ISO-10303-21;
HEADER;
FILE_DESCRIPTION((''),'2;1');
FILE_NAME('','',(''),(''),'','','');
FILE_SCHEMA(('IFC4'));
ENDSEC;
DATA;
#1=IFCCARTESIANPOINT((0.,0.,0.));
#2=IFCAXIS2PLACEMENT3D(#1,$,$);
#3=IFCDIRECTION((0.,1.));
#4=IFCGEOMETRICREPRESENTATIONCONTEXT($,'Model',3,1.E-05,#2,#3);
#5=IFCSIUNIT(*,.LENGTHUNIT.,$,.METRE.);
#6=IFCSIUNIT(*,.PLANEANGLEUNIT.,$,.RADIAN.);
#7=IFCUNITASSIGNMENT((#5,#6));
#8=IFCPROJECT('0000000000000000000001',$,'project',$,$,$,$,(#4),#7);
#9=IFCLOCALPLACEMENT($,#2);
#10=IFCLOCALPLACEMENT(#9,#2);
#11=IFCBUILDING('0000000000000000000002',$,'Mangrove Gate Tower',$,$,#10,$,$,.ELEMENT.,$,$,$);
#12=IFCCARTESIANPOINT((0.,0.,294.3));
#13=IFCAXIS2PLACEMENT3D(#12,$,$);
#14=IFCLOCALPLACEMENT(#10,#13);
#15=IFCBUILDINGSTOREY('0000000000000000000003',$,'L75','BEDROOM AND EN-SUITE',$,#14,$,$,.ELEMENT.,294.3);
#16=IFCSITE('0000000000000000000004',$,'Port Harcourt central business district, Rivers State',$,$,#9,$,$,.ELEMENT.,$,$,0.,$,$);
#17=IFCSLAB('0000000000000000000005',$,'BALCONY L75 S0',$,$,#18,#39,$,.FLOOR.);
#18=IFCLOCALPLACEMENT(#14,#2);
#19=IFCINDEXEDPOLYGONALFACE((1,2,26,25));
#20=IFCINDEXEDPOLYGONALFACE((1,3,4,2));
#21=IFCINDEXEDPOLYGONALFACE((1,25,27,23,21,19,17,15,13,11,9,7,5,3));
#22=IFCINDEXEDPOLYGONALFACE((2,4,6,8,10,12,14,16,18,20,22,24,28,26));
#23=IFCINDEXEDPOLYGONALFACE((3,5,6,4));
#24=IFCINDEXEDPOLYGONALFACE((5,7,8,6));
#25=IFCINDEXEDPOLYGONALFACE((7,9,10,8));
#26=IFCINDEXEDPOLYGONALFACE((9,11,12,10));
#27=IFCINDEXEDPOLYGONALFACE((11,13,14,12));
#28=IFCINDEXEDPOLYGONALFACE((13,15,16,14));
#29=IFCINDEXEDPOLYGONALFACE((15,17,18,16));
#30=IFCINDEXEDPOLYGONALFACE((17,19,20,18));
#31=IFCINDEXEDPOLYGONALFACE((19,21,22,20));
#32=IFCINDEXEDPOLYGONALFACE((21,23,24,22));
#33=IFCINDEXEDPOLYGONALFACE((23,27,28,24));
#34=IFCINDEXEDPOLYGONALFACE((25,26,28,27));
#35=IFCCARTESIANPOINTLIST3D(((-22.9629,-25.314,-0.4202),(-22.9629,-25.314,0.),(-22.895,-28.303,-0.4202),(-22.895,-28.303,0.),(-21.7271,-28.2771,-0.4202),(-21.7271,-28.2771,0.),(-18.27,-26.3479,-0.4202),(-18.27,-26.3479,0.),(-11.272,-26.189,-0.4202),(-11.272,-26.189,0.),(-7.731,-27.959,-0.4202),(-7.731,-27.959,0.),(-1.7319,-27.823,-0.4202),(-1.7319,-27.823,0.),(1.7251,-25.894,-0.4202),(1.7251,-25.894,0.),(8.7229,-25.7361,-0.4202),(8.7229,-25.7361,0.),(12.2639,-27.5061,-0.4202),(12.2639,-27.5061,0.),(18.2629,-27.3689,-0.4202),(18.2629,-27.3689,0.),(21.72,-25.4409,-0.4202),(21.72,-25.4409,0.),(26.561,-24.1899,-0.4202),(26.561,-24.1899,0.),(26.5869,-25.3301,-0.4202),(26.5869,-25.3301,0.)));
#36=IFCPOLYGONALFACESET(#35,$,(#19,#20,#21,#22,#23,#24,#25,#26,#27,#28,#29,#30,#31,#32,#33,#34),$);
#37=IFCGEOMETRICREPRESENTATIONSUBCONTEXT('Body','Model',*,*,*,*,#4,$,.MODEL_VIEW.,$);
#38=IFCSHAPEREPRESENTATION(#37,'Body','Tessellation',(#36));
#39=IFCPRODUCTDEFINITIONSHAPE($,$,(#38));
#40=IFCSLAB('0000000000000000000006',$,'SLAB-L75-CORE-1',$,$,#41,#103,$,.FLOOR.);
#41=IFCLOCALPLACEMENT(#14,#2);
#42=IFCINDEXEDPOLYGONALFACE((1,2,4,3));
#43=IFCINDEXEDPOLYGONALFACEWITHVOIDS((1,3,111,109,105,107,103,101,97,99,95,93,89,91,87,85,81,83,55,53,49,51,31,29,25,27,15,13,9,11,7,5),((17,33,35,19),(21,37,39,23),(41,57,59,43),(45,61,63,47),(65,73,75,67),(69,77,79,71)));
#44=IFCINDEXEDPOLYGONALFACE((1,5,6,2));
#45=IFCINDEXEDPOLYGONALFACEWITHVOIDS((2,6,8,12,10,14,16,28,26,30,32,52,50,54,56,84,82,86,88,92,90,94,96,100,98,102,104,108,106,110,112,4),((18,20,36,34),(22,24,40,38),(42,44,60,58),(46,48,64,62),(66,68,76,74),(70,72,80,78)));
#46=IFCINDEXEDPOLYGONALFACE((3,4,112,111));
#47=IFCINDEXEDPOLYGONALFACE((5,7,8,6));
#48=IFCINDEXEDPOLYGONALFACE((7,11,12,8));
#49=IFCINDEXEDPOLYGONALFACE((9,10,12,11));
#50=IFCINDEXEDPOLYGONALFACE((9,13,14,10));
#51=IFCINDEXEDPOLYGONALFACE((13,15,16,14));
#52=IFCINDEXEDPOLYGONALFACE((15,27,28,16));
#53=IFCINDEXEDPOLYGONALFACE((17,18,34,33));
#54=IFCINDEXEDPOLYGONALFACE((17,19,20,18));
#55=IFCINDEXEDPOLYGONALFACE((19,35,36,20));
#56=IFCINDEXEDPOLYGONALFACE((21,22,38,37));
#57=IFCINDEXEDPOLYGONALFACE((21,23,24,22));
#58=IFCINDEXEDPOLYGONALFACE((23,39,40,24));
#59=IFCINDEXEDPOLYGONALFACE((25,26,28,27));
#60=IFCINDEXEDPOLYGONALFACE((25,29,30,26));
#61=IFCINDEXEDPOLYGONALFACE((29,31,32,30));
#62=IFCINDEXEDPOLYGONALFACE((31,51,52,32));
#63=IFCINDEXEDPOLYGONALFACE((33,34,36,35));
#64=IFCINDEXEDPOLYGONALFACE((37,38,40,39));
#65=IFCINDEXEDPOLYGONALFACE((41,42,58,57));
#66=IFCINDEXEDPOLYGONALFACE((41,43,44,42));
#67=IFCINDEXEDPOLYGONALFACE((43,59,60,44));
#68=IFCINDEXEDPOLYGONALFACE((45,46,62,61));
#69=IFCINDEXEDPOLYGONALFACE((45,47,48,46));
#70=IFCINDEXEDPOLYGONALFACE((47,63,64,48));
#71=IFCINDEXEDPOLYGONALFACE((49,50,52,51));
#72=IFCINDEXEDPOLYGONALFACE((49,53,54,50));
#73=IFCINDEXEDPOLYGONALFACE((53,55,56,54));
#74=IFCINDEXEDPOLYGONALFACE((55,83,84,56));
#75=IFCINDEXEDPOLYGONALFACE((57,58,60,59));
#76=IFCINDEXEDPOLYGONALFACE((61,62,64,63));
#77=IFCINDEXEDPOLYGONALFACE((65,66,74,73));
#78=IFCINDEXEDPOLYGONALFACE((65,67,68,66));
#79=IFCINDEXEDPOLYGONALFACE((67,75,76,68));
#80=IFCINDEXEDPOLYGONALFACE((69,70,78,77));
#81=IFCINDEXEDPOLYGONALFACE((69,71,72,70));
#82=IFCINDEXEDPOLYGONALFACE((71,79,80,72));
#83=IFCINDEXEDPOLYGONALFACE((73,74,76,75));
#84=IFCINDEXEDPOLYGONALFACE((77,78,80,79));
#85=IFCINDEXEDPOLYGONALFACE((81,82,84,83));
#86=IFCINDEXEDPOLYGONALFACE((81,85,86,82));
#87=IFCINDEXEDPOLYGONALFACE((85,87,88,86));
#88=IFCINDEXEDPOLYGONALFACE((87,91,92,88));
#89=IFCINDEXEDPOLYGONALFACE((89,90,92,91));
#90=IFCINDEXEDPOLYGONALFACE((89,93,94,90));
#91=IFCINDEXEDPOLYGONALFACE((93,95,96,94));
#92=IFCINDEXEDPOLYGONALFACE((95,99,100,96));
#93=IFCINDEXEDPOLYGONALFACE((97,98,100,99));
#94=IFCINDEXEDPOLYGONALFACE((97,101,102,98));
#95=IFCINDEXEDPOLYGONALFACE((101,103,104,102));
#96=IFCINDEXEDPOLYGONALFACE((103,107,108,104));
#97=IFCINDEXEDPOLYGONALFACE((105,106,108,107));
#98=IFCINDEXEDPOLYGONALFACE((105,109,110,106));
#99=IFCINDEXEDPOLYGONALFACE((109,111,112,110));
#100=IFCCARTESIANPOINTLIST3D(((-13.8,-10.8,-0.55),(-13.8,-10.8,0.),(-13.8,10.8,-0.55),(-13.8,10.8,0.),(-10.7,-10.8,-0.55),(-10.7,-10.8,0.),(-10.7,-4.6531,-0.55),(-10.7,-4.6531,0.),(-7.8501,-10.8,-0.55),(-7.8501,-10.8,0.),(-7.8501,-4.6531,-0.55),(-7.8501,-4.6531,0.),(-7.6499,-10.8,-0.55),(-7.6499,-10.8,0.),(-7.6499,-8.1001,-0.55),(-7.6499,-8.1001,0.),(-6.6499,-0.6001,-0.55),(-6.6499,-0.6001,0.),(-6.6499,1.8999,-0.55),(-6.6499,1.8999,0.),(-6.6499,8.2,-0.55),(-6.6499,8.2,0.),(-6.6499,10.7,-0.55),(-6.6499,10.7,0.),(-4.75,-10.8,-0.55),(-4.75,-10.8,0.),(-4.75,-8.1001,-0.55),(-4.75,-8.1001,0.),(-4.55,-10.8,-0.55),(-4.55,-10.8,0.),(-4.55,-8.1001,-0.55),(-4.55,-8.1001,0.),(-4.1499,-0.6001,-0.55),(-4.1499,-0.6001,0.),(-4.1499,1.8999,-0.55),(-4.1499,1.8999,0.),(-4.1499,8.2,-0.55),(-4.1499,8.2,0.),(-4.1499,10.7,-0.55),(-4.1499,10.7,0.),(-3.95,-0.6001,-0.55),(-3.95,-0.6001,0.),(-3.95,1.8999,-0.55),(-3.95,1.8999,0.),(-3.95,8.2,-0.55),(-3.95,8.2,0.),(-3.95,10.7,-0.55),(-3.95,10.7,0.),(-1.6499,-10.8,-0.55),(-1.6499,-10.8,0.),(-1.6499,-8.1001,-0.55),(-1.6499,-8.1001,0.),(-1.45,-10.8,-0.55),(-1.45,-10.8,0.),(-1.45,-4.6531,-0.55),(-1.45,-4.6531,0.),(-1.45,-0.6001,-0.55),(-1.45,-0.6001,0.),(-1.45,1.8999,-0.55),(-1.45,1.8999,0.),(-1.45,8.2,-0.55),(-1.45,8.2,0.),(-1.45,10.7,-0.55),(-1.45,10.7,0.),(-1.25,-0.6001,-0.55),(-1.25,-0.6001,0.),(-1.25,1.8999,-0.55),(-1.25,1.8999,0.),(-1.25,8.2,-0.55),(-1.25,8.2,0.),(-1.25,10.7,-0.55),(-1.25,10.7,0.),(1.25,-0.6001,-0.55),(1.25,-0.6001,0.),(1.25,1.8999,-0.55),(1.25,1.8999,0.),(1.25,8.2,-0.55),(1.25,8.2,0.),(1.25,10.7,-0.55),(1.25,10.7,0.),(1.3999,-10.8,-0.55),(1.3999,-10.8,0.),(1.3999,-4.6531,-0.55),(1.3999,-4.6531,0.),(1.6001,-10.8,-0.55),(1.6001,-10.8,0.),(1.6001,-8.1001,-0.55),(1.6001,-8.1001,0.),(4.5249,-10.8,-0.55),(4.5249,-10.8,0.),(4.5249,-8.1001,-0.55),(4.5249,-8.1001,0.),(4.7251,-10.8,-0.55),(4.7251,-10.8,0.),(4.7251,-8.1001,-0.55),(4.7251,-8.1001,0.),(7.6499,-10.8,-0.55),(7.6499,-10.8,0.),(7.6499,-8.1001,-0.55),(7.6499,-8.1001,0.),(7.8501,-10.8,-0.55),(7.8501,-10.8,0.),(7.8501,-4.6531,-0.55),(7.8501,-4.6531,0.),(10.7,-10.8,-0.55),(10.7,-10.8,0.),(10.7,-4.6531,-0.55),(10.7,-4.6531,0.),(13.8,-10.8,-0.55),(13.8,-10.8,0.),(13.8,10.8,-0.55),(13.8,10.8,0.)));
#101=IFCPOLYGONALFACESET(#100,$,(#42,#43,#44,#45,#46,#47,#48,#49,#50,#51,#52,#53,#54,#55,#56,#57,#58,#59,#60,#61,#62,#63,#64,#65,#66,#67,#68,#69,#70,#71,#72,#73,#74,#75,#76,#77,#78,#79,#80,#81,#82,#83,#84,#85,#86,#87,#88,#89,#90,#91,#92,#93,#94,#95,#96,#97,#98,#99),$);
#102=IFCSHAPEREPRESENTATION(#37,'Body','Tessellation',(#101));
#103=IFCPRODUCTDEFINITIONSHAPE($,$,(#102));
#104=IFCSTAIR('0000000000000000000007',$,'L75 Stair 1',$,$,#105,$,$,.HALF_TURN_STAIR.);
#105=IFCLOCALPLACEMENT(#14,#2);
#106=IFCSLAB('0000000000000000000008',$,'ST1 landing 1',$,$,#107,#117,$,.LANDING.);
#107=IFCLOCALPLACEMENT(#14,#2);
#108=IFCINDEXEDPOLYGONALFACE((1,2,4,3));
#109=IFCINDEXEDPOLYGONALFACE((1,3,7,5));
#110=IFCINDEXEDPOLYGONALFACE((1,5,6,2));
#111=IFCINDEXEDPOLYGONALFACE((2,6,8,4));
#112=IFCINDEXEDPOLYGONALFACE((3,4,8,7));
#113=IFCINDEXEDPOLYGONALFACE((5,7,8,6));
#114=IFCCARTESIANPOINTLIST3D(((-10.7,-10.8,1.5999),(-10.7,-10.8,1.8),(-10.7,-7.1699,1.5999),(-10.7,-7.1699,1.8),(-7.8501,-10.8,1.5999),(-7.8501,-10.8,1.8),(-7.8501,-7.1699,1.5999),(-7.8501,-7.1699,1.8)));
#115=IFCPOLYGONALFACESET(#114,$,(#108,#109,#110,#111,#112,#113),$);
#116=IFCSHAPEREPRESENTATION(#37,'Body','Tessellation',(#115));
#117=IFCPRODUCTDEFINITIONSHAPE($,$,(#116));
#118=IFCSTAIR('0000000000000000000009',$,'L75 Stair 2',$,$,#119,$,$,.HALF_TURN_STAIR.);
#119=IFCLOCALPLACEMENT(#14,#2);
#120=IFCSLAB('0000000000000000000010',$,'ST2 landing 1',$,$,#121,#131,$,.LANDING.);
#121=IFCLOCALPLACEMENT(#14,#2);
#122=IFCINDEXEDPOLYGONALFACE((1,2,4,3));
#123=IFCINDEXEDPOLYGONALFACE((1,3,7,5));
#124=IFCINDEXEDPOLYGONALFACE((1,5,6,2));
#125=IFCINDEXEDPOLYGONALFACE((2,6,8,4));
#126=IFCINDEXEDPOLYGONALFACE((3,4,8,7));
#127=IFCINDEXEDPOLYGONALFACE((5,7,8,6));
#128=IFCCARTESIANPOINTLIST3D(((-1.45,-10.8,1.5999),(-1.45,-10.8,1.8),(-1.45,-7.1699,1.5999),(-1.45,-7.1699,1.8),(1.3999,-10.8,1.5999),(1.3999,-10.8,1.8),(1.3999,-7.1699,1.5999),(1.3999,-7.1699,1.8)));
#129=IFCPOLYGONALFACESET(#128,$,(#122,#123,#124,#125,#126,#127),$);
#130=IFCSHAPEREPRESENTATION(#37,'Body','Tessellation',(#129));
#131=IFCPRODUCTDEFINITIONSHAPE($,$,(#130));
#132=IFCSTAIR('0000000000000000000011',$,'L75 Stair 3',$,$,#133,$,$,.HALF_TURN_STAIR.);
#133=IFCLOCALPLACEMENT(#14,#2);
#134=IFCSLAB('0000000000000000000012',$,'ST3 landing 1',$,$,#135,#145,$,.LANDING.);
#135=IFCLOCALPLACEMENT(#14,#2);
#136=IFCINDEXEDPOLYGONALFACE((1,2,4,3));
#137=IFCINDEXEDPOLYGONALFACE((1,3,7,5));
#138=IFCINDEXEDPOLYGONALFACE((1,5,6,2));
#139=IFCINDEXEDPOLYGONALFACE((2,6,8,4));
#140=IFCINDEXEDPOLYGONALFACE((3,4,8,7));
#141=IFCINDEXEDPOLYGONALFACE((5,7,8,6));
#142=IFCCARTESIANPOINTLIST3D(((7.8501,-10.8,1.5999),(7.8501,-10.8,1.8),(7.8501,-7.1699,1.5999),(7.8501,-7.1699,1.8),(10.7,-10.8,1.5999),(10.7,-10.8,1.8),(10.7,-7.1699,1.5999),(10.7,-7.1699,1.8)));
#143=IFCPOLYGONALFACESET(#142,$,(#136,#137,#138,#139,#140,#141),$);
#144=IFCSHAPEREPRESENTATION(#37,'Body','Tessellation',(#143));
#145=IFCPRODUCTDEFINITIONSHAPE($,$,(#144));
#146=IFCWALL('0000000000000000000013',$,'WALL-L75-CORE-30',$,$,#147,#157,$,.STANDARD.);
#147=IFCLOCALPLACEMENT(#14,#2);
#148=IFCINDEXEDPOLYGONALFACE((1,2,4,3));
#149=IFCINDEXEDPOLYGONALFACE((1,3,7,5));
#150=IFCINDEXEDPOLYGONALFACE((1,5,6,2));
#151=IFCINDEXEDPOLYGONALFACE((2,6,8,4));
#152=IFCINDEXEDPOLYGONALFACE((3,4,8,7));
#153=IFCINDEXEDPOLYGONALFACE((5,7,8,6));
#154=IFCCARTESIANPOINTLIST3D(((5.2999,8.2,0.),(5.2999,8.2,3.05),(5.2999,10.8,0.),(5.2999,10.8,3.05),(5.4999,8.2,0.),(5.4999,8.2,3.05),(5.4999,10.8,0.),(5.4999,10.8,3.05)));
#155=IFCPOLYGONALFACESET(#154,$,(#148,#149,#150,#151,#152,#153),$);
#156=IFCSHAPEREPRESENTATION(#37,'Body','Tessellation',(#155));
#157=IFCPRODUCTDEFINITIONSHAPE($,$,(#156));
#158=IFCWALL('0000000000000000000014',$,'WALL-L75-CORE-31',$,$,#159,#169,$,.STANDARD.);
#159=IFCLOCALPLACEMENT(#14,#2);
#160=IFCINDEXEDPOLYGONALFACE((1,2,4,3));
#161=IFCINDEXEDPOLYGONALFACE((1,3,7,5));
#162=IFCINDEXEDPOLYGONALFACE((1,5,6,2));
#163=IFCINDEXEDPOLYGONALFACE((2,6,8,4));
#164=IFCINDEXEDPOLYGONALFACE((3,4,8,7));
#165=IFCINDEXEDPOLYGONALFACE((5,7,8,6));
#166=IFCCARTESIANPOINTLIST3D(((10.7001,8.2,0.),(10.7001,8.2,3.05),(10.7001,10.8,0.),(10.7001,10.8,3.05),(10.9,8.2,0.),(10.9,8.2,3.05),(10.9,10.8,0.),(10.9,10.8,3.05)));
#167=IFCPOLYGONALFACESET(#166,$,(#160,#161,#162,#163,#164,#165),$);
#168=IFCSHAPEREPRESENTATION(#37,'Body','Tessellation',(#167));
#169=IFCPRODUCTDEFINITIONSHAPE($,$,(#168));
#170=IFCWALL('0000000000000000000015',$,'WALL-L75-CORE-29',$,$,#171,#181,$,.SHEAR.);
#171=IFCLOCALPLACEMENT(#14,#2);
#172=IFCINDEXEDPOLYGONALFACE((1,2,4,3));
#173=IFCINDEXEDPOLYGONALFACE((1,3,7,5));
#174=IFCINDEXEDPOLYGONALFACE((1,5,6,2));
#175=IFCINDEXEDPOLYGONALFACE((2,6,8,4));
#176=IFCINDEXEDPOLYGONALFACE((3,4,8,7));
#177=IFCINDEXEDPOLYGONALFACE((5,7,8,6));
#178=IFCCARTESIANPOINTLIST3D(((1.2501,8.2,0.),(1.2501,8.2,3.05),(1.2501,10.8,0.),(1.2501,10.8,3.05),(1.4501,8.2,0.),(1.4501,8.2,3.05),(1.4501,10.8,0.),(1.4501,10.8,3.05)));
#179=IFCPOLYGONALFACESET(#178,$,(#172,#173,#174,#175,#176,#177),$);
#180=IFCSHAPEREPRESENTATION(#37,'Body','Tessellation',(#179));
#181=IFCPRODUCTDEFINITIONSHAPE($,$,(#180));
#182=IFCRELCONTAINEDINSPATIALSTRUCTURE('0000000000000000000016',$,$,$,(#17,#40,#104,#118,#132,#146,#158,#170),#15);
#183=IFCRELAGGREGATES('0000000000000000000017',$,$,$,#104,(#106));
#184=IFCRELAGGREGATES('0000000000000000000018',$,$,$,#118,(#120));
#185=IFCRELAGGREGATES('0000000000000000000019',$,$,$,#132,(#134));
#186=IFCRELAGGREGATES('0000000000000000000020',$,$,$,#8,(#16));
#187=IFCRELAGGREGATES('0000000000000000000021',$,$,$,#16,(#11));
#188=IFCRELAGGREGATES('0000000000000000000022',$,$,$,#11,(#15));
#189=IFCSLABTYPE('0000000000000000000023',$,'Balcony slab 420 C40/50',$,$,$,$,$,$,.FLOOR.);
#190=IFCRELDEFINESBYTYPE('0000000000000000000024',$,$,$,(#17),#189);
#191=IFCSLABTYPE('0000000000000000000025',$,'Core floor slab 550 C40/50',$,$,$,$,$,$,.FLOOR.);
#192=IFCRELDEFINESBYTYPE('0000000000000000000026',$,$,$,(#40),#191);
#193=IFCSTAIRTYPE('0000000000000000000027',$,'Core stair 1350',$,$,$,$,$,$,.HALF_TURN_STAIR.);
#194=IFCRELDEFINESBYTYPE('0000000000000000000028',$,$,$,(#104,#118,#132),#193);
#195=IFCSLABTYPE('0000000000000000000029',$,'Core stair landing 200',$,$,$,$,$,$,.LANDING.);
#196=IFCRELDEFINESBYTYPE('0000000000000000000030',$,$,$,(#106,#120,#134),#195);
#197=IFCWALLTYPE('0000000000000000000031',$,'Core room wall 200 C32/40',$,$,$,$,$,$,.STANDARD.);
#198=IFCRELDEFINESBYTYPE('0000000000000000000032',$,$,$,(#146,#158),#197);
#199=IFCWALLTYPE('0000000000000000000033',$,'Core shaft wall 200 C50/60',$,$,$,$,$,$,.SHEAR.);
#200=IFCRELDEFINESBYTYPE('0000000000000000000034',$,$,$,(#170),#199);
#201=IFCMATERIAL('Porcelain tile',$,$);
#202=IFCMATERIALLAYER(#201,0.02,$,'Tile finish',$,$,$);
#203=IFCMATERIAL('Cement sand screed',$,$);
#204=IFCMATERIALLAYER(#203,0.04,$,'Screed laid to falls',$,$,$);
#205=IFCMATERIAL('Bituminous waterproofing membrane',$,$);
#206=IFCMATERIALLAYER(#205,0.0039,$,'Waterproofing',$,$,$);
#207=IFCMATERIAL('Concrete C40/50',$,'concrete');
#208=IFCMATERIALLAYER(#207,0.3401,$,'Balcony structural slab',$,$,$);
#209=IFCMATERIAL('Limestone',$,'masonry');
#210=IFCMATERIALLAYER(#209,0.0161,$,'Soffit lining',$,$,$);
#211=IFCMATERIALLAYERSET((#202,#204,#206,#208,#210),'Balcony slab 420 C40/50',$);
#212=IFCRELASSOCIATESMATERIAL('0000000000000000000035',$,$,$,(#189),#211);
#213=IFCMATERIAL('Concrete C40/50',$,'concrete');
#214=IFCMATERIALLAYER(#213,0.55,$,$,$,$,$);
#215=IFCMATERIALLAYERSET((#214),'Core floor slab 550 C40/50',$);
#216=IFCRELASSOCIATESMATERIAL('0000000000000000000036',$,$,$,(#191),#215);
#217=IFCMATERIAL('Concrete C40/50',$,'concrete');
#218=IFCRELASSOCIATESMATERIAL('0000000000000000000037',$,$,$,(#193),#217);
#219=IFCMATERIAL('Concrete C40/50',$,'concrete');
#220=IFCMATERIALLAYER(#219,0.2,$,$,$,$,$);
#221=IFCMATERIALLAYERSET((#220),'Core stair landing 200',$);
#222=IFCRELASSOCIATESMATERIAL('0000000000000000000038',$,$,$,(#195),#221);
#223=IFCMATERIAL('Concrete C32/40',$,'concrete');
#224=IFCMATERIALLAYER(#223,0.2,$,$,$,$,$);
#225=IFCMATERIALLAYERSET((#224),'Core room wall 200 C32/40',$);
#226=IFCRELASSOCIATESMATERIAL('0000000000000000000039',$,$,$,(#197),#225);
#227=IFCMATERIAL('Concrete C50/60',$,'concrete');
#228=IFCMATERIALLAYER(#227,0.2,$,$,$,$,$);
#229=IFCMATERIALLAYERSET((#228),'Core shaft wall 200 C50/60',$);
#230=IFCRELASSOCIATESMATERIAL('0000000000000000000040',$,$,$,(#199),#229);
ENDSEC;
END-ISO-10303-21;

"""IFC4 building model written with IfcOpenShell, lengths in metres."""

from ifc_helpers import new_model, si_unit, direction, frame, frame_2d, origin, place, context, subcontext, project, spatial, polyline, rectangle, outline, extrude, material, layer, layer_set, type_object, element, aggregate, save


model = new_model("IFC4")

# Units and contexts
model_context = context("Model", 3, precision=1e-05, world=origin(), true_north=direction((0.0, 1.0)))
body_context = subcontext(model_context, "Body", "Model", "MODEL_VIEW")
ifc_project = project(units=[si_unit("LENGTHUNIT", "METRE"), si_unit("PLANEANGLEUNIT", "RADIAN")], contexts=[model_context])

# Site, building, storey
site_placement = place(None, origin())
site = spatial("IfcSite", under=ifc_project, at=site_placement, Name="Port Harcourt central business district, Rivers State", CompositionType="ELEMENT", RefElevation=0.0)
building_placement = place(site_placement, origin())
building = spatial("IfcBuilding", under=site, at=building_placement, Name="Mangrove Gate Tower", CompositionType="ELEMENT")
storey_placement = place(building_placement, frame((0.0, 0.0, 294.3)))
storey = spatial("IfcBuildingStorey", under=building, at=storey_placement, Name="L75", Description="BEDROOM AND EN-SUITE", CompositionType="ELEMENT", Elevation=294.3)

# Slabs
ifc_material_1 = material(Name="Porcelain tile")
ifc_layer_1 = layer(ifc_material_1, 0.02, Name="Tile finish")
ifc_material_2 = material(Name="Cement sand screed")
ifc_layer_2 = layer(ifc_material_2, 0.04, Name="Screed laid to falls")
ifc_material_3 = material(Name="Bituminous waterproofing membrane")
ifc_layer_3 = layer(ifc_material_3, 0.0039, Name="Waterproofing")
ifc_material_4 = material(Name="Concrete C40/50", Category="concrete")
ifc_layer_4 = layer(ifc_material_4, 0.3401, Name="Balcony structural slab")
ifc_material_5 = material(Name="Limestone", Category="masonry")
ifc_layer_5 = layer(ifc_material_5, 0.0161, Name="Soffit lining")
ifc_layer_set_1 = layer_set([ifc_layer_1, ifc_layer_2, ifc_layer_3, ifc_layer_4, ifc_layer_5], Name="Balcony slab 420 C40/50")
slab_type_1 = type_object("IfcSlabType", Name="Balcony slab 420 C40/50", PredefinedType="FLOOR", material=ifc_layer_set_1)
slab_1_placement = place(storey_placement, frame((0.0, 0.0, -0.4202)))
element("IfcSlab", 1, at=slab_1_placement, inside=storey, type_object=slab_type_1, Name="BALCONY L75 S0", PredefinedType="FLOOR", context=body_context, shape_type="SweptSolid", body=[
    extrude(outline(polyline([(-22.895, -28.303), (-21.7271, -28.2771), (-18.27, -26.3479), (-11.272, -26.189), (-7.731, -27.959), (-1.7319, -27.823), (1.7251, -25.894), (8.7229, -25.7361), (12.2639, -27.5061), (18.2629, -27.3689), (21.72, -25.4409), (26.5869, -25.3301), (26.561, -24.1899), (-22.9629, -25.314), (-22.895, -28.303)])), origin(), (0.0, 0.0, 1.0), 0.4202),
])
ifc_material_6 = material(Name="Concrete C40/50", Category="concrete")
ifc_layer_6 = layer(ifc_material_6, 0.55)
ifc_layer_set_2 = layer_set([ifc_layer_6], Name="Core floor slab 550 C40/50")
slab_type_2 = type_object("IfcSlabType", Name="Core floor slab 550 C40/50", PredefinedType="FLOOR", material=ifc_layer_set_2)
slab_2_placement = place(storey_placement, frame((0.0, 0.0, -0.55)))
element("IfcSlab", 2, at=slab_2_placement, inside=storey, type_object=slab_type_2, Name="SLAB-L75-CORE-1", PredefinedType="FLOOR", context=body_context, shape_type="SweptSolid", body=[
    extrude(outline(polyline([(-13.8, -10.8), (-13.8, 10.8), (13.8, 10.8), (13.8, -10.8), (10.7, -10.8), (10.7, -4.6531), (7.8501, -4.6531), (7.8501, -10.8), (7.6499, -10.8), (7.6499, -8.1001), (4.7251, -8.1001), (4.7251, -10.8), (4.5249, -10.8), (4.5249, -8.1001), (1.6001, -8.1001), (1.6001, -10.8), (1.3999, -10.8), (1.3999, -4.6531), (-1.45, -4.6531), (-1.45, -10.8), (-1.6499, -10.8), (-1.6499, -8.1001), (-4.55, -8.1001), (-4.55, -10.8), (-4.75, -10.8), (-4.75, -8.1001), (-7.6499, -8.1001), (-7.6499, -10.8), (-7.8501, -10.8), (-7.8501, -4.6531), (-10.7, -4.6531), (-10.7, -10.8), (-13.8, -10.8)]), holes=[polyline([(-4.1499, 1.8999), (-6.6499, 1.8999), (-6.6499, -0.6001), (-4.1499, -0.6001), (-4.1499, 1.8999)]), polyline([(-1.45, -0.6001), (-1.45, 1.8999), (-3.95, 1.8999), (-3.95, -0.6001), (-1.45, -0.6001)]), polyline([(-4.1499, 8.2), (-4.1499, 10.7), (-6.6499, 10.7), (-6.6499, 8.2), (-4.1499, 8.2)]), polyline([(-1.45, 10.7), (-3.95, 10.7), (-3.95, 8.2), (-1.45, 8.2), (-1.45, 10.7)]), polyline([(1.25, -0.6001), (1.25, 1.8999), (-1.25, 1.8999), (-1.25, -0.6001), (1.25, -0.6001)]), polyline([(1.25, 8.2), (1.25, 10.7), (-1.25, 10.7), (-1.25, 8.2), (1.25, 8.2)])]), origin(), (0.0, 0.0, 1.0), 0.55),
])

# Stairs, slabs
ifc_material_7 = material(Name="Concrete C40/50", Category="concrete")
stair_type = type_object("IfcStairType", Name="Core stair 1350", PredefinedType="HALF_TURN_STAIR", material=ifc_material_7)
stair_1_placement = place(storey_placement, origin())
stair_1 = element("IfcStair", 3, at=stair_1_placement, inside=storey, type_object=stair_type, Name="L75 Stair 1", PredefinedType="HALF_TURN_STAIR")
ifc_material_8 = material(Name="Concrete C40/50", Category="concrete")
ifc_layer_7 = layer(ifc_material_8, 0.2)
ifc_layer_set_3 = layer_set([ifc_layer_7], Name="Core stair landing 200")
slab_type_3 = type_object("IfcSlabType", Name="Core stair landing 200", PredefinedType="LANDING", material=ifc_layer_set_3)
slab_3_placement = place(storey_placement, frame((0.0, 0.0, 1.5999)))
slab_3 = element("IfcSlab", 4, at=slab_3_placement, type_object=slab_type_3, Name="ST1 landing 1", PredefinedType="LANDING", context=body_context, shape_type="SweptSolid", body=[
    extrude(outline(polyline([(-10.7, -7.1699), (-10.7, -10.8), (-7.8501, -10.8), (-7.8501, -7.1699), (-10.7, -7.1699)])), origin(), (0.0, 0.0, 1.0), 0.2002),
])
aggregate(stair_1, [slab_3])
stair_2_placement = place(storey_placement, origin())
stair_2 = element("IfcStair", 5, at=stair_2_placement, inside=storey, type_object=stair_type, Name="L75 Stair 2", PredefinedType="HALF_TURN_STAIR")
slab_4_placement = place(storey_placement, frame((0.0, 0.0, 1.5999)))
slab_4 = element("IfcSlab", 6, at=slab_4_placement, type_object=slab_type_3, Name="ST2 landing 1", PredefinedType="LANDING", context=body_context, shape_type="SweptSolid", body=[
    extrude(outline(polyline([(-1.45, -7.1699), (-1.45, -10.8), (1.3999, -10.8), (1.3999, -7.1699), (-1.45, -7.1699)])), origin(), (0.0, 0.0, 1.0), 0.2002),
])
aggregate(stair_2, [slab_4])
stair_3_placement = place(storey_placement, origin())
stair_3 = element("IfcStair", 7, at=stair_3_placement, inside=storey, type_object=stair_type, Name="L75 Stair 3", PredefinedType="HALF_TURN_STAIR")
slab_5_placement = place(storey_placement, frame((0.0, 0.0, 1.5999)))
slab_5 = element("IfcSlab", 8, at=slab_5_placement, type_object=slab_type_3, Name="ST3 landing 1", PredefinedType="LANDING", context=body_context, shape_type="SweptSolid", body=[
    extrude(outline(polyline([(7.8501, -7.1699), (7.8501, -10.8), (10.7, -10.8), (10.7, -7.1699), (7.8501, -7.1699)])), origin(), (0.0, 0.0, 1.0), 0.2002),
])
aggregate(stair_3, [slab_5])

# Walls
ifc_material_9 = material(Name="Concrete C32/40", Category="concrete")
ifc_layer_8 = layer(ifc_material_9, 0.2)
ifc_layer_set_4 = layer_set([ifc_layer_8], Name="Core room wall 200 C32/40")
wall_type_1 = type_object("IfcWallType", Name="Core room wall 200 C32/40", PredefinedType="STANDARD", material=ifc_layer_set_4)
for number, where, z_axis, x_axis, name in (
    (9, (5.3999, 8.2, 0.0), (0.0, 0.0, 1.0), (0.0, 1.0, 0.0), "WALL-L75-CORE-30"),
    (10, (10.8, 8.2, 0.0), (0.0, 0.0, 1.0), (0.0, 1.0, 0.0), "WALL-L75-CORE-31"),
):
    element("IfcWall", number, at=place(storey_placement, frame(where, z_axis=z_axis, x_axis=x_axis)), inside=storey, type_object=wall_type_1, Name=name, PredefinedType="STANDARD", context=body_context, shape_type="SweptSolid", body=[
        extrude(rectangle(XDim=2.6001, YDim=0.2, at=frame_2d((1.3, 0.0))), origin(), (0.0, 0.0, 1.0), 3.05),
    ])
ifc_material_10 = material(Name="Concrete C50/60", Category="concrete")
ifc_layer_9 = layer(ifc_material_10, 0.2)
ifc_layer_set_5 = layer_set([ifc_layer_9], Name="Core shaft wall 200 C50/60")
wall_type_2 = type_object("IfcWallType", Name="Core shaft wall 200 C50/60", PredefinedType="SHEAR", material=ifc_layer_set_5)
wall_1_placement = place(storey_placement, frame((1.3501, 8.2, 0.0), z_axis=(0.0, 0.0, 1.0), x_axis=(0.0, 1.0, 0.0)))
element("IfcWall", 11, at=wall_1_placement, inside=storey, type_object=wall_type_2, Name="WALL-L75-CORE-29", PredefinedType="SHEAR", context=body_context, shape_type="SweptSolid", body=[
    extrude(rectangle(XDim=2.6001, YDim=0.2, at=frame_2d((1.3, 0.0))), origin(), (0.0, 0.0, 1.0), 3.05),
])

save(model, "model.ifc")
